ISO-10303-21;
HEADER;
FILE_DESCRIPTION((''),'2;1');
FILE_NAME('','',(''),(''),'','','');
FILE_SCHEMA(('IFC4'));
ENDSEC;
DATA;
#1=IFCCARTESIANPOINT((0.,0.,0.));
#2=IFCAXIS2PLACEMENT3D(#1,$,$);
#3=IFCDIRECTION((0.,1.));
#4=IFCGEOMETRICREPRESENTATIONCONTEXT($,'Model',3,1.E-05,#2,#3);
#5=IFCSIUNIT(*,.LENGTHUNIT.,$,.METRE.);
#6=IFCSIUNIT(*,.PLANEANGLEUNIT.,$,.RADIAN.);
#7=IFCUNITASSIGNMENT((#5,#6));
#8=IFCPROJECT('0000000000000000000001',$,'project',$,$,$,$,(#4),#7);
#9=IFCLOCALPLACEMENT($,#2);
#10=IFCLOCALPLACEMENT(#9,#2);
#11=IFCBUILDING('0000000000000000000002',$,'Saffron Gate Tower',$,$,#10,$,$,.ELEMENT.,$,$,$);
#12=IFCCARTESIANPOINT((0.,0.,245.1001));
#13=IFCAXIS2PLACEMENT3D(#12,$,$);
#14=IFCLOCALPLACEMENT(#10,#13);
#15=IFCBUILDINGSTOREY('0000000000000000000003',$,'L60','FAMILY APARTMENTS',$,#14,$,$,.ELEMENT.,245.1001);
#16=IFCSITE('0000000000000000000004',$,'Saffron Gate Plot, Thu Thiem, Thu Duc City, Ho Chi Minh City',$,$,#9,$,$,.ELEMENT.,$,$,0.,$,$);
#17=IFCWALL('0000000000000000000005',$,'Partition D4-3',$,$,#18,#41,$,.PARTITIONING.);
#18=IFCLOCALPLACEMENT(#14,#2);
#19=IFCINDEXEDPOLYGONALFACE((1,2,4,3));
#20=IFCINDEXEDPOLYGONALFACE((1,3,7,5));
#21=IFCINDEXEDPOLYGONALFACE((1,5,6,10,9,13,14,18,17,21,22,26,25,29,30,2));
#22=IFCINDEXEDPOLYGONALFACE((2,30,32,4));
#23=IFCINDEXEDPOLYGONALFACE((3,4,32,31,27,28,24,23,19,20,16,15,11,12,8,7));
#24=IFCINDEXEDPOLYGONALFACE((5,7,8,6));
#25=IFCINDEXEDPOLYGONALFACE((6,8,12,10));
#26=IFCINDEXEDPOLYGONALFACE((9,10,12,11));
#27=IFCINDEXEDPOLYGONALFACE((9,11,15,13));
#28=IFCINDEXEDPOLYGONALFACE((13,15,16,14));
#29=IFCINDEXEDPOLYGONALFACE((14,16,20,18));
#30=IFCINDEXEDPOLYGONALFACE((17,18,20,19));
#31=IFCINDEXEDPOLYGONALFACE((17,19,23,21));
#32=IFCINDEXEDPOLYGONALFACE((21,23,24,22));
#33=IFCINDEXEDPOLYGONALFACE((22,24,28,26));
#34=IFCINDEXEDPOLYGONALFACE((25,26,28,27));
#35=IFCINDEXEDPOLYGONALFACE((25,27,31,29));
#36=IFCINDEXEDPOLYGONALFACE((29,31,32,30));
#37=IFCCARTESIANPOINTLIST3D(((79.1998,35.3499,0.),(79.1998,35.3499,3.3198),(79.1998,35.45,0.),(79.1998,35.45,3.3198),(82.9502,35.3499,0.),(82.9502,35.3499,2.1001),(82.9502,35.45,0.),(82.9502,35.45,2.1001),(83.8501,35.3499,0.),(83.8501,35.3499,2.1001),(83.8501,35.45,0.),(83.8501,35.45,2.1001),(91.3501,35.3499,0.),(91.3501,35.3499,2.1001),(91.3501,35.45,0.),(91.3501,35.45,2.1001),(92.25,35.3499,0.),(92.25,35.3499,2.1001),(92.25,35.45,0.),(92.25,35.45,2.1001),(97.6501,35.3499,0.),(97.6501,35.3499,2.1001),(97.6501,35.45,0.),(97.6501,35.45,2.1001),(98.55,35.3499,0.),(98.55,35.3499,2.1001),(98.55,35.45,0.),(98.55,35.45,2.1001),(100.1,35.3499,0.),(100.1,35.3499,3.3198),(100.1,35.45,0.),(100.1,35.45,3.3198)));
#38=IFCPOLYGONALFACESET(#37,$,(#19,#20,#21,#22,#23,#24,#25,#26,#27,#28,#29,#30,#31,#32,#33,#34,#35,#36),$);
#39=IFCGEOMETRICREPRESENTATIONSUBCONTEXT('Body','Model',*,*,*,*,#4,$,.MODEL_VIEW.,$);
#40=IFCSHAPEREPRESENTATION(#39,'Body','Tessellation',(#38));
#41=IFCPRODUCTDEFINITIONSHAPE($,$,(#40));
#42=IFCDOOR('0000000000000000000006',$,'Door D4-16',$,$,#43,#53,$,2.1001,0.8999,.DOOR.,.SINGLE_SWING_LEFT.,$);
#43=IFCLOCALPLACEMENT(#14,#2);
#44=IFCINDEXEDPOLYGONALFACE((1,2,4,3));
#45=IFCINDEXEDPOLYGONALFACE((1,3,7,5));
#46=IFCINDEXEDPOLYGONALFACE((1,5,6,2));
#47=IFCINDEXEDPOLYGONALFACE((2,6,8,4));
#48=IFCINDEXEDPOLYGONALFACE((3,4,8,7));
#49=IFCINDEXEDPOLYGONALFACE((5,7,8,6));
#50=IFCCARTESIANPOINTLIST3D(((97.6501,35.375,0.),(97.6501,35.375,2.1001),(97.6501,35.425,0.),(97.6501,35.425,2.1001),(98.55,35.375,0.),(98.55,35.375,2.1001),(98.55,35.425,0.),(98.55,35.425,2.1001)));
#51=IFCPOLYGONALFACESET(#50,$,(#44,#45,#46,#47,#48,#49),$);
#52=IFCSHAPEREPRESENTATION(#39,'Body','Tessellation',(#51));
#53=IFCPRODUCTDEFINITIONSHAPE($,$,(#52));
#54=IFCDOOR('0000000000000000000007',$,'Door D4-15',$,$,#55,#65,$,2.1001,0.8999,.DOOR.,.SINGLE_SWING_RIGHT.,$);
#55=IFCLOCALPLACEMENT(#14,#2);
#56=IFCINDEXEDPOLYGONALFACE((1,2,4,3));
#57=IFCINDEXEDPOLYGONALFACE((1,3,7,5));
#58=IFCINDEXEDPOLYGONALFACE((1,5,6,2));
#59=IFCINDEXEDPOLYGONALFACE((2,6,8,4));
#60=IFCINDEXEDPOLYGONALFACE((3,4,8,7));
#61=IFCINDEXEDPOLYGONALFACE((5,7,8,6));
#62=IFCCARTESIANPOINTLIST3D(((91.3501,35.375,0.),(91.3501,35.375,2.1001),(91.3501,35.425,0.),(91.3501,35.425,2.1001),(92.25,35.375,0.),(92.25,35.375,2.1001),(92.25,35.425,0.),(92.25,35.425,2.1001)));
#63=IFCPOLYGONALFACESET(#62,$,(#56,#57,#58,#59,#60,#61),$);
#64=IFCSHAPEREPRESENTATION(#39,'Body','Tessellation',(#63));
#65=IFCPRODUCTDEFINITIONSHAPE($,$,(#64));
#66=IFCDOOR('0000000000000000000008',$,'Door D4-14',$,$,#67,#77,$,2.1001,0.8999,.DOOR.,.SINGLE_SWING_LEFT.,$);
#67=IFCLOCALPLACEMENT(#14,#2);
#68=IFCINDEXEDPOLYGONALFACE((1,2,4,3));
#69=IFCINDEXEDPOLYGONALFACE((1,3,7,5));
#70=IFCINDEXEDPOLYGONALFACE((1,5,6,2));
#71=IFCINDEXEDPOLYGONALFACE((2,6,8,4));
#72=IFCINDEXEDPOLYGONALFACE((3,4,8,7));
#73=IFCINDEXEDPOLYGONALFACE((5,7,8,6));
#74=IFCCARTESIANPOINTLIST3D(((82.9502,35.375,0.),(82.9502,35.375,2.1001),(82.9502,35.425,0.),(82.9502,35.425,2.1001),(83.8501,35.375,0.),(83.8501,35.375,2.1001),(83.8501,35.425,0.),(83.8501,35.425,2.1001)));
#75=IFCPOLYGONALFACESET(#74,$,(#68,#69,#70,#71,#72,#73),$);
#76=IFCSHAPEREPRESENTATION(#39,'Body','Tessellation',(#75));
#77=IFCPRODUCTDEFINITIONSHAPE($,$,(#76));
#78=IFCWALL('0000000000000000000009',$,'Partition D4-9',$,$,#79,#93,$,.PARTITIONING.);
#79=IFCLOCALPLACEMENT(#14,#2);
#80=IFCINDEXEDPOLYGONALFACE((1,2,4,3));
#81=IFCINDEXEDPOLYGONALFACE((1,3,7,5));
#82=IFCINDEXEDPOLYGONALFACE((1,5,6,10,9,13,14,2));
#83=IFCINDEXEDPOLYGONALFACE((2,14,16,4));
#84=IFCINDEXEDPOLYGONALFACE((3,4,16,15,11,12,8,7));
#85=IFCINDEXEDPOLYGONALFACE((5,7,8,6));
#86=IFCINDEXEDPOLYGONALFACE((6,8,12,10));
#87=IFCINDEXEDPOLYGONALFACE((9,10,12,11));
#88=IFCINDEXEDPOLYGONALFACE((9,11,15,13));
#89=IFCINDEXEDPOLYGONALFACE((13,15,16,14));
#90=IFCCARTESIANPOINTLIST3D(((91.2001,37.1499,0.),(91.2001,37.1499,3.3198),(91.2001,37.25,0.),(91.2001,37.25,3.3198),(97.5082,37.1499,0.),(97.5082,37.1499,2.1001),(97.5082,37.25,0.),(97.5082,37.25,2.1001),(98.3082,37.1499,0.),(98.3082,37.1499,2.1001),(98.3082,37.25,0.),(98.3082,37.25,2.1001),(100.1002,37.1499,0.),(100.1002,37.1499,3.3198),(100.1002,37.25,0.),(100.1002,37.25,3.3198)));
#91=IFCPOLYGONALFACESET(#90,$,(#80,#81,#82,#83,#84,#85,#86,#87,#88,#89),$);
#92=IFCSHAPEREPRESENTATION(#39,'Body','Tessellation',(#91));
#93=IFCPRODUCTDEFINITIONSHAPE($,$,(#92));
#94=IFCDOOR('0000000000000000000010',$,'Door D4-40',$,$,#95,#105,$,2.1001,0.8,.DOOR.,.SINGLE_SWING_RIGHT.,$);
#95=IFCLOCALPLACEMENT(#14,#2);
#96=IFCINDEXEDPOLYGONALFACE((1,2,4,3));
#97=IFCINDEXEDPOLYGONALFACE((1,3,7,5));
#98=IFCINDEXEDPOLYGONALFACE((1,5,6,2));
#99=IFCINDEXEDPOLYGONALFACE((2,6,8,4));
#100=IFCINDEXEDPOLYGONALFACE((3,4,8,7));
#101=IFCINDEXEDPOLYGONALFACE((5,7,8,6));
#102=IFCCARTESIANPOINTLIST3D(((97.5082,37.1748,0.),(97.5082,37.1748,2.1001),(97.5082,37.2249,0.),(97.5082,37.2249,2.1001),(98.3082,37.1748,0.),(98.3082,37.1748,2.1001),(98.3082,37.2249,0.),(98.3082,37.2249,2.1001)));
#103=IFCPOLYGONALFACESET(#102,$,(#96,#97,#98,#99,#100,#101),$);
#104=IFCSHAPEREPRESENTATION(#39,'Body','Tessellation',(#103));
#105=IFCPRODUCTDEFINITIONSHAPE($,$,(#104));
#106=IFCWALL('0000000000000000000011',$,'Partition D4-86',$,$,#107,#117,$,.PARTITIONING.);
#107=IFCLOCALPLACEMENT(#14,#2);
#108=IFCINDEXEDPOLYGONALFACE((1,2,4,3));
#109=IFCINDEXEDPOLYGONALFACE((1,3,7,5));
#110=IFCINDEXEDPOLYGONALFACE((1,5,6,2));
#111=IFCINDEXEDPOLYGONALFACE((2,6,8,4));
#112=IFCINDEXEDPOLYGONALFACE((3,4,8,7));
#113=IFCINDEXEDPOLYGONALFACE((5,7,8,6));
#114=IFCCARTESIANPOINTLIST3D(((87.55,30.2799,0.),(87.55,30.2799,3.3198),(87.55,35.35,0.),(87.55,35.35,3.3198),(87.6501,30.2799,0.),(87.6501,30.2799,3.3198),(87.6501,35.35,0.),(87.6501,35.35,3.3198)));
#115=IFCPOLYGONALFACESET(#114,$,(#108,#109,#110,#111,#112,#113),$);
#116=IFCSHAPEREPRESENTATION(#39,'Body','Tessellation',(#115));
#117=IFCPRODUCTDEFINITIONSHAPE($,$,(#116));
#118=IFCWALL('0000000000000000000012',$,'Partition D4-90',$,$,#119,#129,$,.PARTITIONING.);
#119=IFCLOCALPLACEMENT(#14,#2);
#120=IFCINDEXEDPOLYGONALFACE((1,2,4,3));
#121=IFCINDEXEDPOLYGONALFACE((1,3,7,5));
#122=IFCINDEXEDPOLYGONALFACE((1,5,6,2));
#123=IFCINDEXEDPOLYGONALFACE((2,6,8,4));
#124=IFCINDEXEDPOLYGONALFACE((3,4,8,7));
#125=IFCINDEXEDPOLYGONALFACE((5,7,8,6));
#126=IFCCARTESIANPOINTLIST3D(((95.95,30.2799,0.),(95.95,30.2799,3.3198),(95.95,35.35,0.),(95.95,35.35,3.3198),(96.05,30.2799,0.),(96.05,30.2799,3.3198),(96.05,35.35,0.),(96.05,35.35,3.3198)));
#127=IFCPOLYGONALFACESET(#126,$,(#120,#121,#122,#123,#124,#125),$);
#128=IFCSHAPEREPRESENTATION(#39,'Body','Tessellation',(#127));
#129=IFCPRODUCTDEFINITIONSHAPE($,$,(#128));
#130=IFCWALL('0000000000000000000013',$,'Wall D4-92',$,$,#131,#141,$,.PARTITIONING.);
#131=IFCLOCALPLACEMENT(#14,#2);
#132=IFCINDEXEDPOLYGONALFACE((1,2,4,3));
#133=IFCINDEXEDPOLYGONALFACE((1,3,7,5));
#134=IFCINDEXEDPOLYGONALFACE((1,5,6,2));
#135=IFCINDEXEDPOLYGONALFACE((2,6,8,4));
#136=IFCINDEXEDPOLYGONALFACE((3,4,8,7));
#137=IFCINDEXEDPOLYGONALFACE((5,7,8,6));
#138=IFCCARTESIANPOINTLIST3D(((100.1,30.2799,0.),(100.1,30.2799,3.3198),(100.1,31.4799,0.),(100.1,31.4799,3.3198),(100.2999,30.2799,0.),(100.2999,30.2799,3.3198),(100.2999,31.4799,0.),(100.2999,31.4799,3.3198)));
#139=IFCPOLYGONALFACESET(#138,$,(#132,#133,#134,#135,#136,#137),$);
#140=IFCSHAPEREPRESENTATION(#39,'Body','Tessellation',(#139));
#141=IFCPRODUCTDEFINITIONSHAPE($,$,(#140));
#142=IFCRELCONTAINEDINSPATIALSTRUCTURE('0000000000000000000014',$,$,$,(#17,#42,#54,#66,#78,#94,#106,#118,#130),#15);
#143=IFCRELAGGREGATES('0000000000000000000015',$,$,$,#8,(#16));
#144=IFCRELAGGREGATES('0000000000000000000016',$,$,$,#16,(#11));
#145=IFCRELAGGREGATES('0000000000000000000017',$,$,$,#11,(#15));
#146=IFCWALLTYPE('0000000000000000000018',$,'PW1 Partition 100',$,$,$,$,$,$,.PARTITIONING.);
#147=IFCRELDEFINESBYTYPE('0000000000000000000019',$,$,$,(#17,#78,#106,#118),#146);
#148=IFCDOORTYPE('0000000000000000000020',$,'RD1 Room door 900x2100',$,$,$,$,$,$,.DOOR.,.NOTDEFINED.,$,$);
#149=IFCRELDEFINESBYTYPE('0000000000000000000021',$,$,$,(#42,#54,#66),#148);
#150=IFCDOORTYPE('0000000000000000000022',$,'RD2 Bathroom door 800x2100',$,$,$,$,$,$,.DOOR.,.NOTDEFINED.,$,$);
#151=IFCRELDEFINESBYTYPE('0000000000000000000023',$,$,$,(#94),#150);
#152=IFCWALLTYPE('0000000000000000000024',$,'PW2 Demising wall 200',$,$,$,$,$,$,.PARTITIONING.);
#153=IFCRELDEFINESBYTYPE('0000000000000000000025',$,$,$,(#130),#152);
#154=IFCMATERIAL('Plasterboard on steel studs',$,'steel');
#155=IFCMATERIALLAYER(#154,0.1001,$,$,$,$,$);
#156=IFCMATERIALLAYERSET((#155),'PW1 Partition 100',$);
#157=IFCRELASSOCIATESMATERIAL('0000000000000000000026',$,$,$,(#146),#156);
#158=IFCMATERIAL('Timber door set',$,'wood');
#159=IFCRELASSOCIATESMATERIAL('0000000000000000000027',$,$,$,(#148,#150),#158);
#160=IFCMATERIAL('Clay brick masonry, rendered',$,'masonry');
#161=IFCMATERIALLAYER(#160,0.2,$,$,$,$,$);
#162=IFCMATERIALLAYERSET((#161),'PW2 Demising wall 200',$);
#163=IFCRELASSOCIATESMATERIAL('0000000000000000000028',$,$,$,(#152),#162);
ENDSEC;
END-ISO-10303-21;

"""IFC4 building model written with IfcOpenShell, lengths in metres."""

from ifc_helpers import new_model, si_unit, direction, frame, frame_2d, origin, place, context, subcontext, project, spatial, rectangle, extrude, material, layer, layer_set, type_object, element, fill, save


model = new_model("IFC4")

# Units and contexts
model_context = context("Model", 3, precision=1e-05, world=origin(), true_north=direction((0.0, 1.0)))
body_context = subcontext(model_context, "Body", "Model", "MODEL_VIEW")
ifc_project = project(units=[si_unit("LENGTHUNIT", "METRE"), si_unit("PLANEANGLEUNIT", "RADIAN")], contexts=[model_context])

# Site, building, storey
site_placement = place(None, origin())
site = spatial("IfcSite", under=ifc_project, at=site_placement, Name="Saffron Gate Plot, Thu Thiem, Thu Duc City, Ho Chi Minh City", CompositionType="ELEMENT", RefElevation=0.0)
building_placement = place(site_placement, origin())
building = spatial("IfcBuilding", under=site, at=building_placement, Name="Saffron Gate Tower", CompositionType="ELEMENT")
storey_placement = place(building_placement, frame((0.0, 0.0, 245.1001)))
storey = spatial("IfcBuildingStorey", under=building, at=storey_placement, Name="L60", Description="FAMILY APARTMENTS", CompositionType="ELEMENT", Elevation=245.1001)

# Wall, openings, doors
ifc_material_1 = material(Name="Plasterboard on steel studs", Category="steel")
ifc_layer_1 = layer(ifc_material_1, 0.1001)
ifc_layer_set_1 = layer_set([ifc_layer_1], Name="PW1 Partition 100")
wall_type_1 = type_object("IfcWallType", Name="PW1 Partition 100", PredefinedType="PARTITIONING", material=ifc_layer_set_1)
wall_1_placement = place(storey_placement, frame((100.1001, 35.3999, 0.0), z_axis=(0.0, 0.0, 1.0), x_axis=(-1.0, 0.0, 0.0)))
wall_1 = element("IfcWall", 1, at=wall_1_placement, inside=storey, type_object=wall_type_1, Name="Partition D4-3", PredefinedType="PARTITIONING", context=body_context, shape_type="SweptSolid", body=[
    extrude(rectangle(XDim=20.9001, YDim=0.1001, at=frame_2d((10.4502, 0.0))), origin(), (0.0, 0.0, 1.0), 3.3198),
])
opening_1_placement = place(wall_1_placement, frame((1.55, 0.0, 0.0)))
opening_1 = element("IfcOpeningElement", 2, at=opening_1_placement, cuts=wall_1, PredefinedType="OPENING", context=body_context, shape_type="SweptSolid", body=[
    extrude(rectangle(XDim=0.8999, YDim=2.1001, at=frame_2d((0.45, 1.05))), frame((0.0, 0.0601, 0.0), z_axis=(0.0, -1.0, 0.0), x_axis=(1.0, 0.0, 0.0)), (0.0, 0.0, 1.0), 0.1201),
])
opening_2_placement = place(wall_1_placement, frame((7.8501, 0.0, 0.0)))
opening_2 = element("IfcOpeningElement", 3, at=opening_2_placement, cuts=wall_1, PredefinedType="OPENING", context=body_context, shape_type="SweptSolid", body=[
    extrude(rectangle(XDim=0.8999, YDim=2.1001, at=frame_2d((0.45, 1.05))), frame((0.0, 0.0601, 0.0), z_axis=(0.0, -1.0, 0.0), x_axis=(1.0, 0.0, 0.0)), (0.0, 0.0, 1.0), 0.1201),
])
opening_3_placement = place(wall_1_placement, frame((16.25, 0.0, 0.0)))
opening_3 = element("IfcOpeningElement", 4, at=opening_3_placement, cuts=wall_1, PredefinedType="OPENING", context=body_context, shape_type="SweptSolid", body=[
    extrude(rectangle(XDim=0.8999, YDim=2.1001, at=frame_2d((0.45, 1.05))), frame((0.0, 0.0601, 0.0), z_axis=(0.0, -1.0, 0.0), x_axis=(1.0, 0.0, 0.0)), (0.0, 0.0, 1.0), 0.1201),
])
ifc_material_2 = material(Name="Timber door set", Category="wood")
door_type_1 = type_object("IfcDoorType", Name="RD1 Room door 900x2100", OperationType="NOTDEFINED", PredefinedType="DOOR", material=ifc_material_2)
door_1_placement = place(opening_1_placement, origin())
door_1 = element("IfcDoor", 5, at=door_1_placement, inside=storey, type_object=door_type_1, Name="Door D4-16", OperationType="SINGLE_SWING_LEFT", OverallHeight=2.1001, OverallWidth=0.8999, PredefinedType="DOOR", context=body_context, shape_type="SweptSolid", body=[
    extrude(rectangle(XDim=0.8999, YDim=2.1001, at=frame_2d((0.45, 1.05))), frame((0.0, 0.0249, 0.0), z_axis=(0.0, -1.0, 0.0), x_axis=(1.0, 0.0, 0.0)), (0.0, 0.0, 1.0), 0.05),
])
fill(opening_1, door_1)
door_2_placement = place(opening_2_placement, origin())
door_2 = element("IfcDoor", 6, at=door_2_placement, inside=storey, type_object=door_type_1, Name="Door D4-15", OperationType="SINGLE_SWING_RIGHT", OverallHeight=2.1001, OverallWidth=0.8999, PredefinedType="DOOR", context=body_context, shape_type="SweptSolid", body=[
    extrude(rectangle(XDim=0.8999, YDim=2.1001, at=frame_2d((0.45, 1.05))), frame((0.0, 0.0249, 0.0), z_axis=(0.0, -1.0, 0.0), x_axis=(1.0, 0.0, 0.0)), (0.0, 0.0, 1.0), 0.05),
])
fill(opening_2, door_2)
door_3_placement = place(opening_3_placement, origin())
door_3 = element("IfcDoor", 7, at=door_3_placement, inside=storey, type_object=door_type_1, Name="Door D4-14", OperationType="SINGLE_SWING_LEFT", OverallHeight=2.1001, OverallWidth=0.8999, PredefinedType="DOOR", context=body_context, shape_type="SweptSolid", body=[
    extrude(rectangle(XDim=0.8999, YDim=2.1001, at=frame_2d((0.45, 1.05))), frame((0.0, 0.0249, 0.0), z_axis=(0.0, -1.0, 0.0), x_axis=(1.0, 0.0, 0.0)), (0.0, 0.0, 1.0), 0.05),
])
fill(opening_3, door_3)

# Wall, opening, door
wall_2_placement = place(storey_placement, frame((91.2, 37.2, 0.0), z_axis=(0.0, 0.0, 1.0), x_axis=(1.0, 0.0, 0.0)))
wall_2 = element("IfcWall", 8, at=wall_2_placement, inside=storey, type_object=wall_type_1, Name="Partition D4-9", PredefinedType="PARTITIONING", context=body_context, shape_type="SweptSolid", body=[
    extrude(rectangle(XDim=8.9001, YDim=0.1001, at=frame_2d((4.4502, 0.0))), origin(), (0.0, 0.0, 1.0), 3.3198),
])
opening_4_placement = place(wall_2_placement, frame((6.3083, 0.0, 0.0)))
opening_4 = element("IfcOpeningElement", 9, at=opening_4_placement, cuts=wall_2, PredefinedType="OPENING", context=body_context, shape_type="SweptSolid", body=[
    extrude(rectangle(XDim=0.8, YDim=2.1001, at=frame_2d((0.3999, 1.05))), frame((0.0, 0.0601, 0.0), z_axis=(0.0, -1.0, 0.0), x_axis=(1.0, 0.0, 0.0)), (0.0, 0.0, 1.0), 0.1201),
])
door_type_2 = type_object("IfcDoorType", Name="RD2 Bathroom door 800x2100", OperationType="NOTDEFINED", PredefinedType="DOOR", material=ifc_material_2)
door_4_placement = place(opening_4_placement, origin())
door_4 = element("IfcDoor", 10, at=door_4_placement, inside=storey, type_object=door_type_2, Name="Door D4-40", OperationType="SINGLE_SWING_RIGHT", OverallHeight=2.1001, OverallWidth=0.8, PredefinedType="DOOR", context=body_context, shape_type="SweptSolid", body=[
    extrude(rectangle(XDim=0.8, YDim=2.1001, at=frame_2d((0.3999, 1.05))), frame((0.0, 0.0249, 0.0), z_axis=(0.0, -1.0, 0.0), x_axis=(1.0, 0.0, 0.0)), (0.0, 0.0, 1.0), 0.05),
])
fill(opening_4, door_4)

# Walls
for number, where, z_axis, x_axis, name in (
    (11, (87.6001, 35.3501, 0.0), (0.0, 0.0, 1.0), (0.0, -1.0, 0.0), "Partition D4-86"),
    (12, (96.0, 35.3501, 0.0), (0.0, 0.0, 1.0), (0.0, -1.0, 0.0), "Partition D4-90"),
):
    element("IfcWall", number, at=place(storey_placement, frame(where, z_axis=z_axis, x_axis=x_axis)), inside=storey, type_object=wall_type_1, Name=name, PredefinedType="PARTITIONING", context=body_context, shape_type="SweptSolid", body=[
        extrude(rectangle(XDim=5.0701, YDim=0.1001, at=frame_2d((2.5352, 0.0))), origin(), (0.0, 0.0, 1.0), 3.3198),
    ])
ifc_material_3 = material(Name="Clay brick masonry, rendered", Category="masonry")
ifc_layer_2 = layer(ifc_material_3, 0.2)
ifc_layer_set_2 = layer_set([ifc_layer_2], Name="PW2 Demising wall 200")
wall_type_2 = type_object("IfcWallType", Name="PW2 Demising wall 200", PredefinedType="PARTITIONING", material=ifc_layer_set_2)
wall_3_placement = place(storey_placement, frame((100.2, 31.48, 0.0), z_axis=(0.0, 0.0, 1.0), x_axis=(0.0, -1.0, 0.0)))
element("IfcWall", 13, at=wall_3_placement, inside=storey, type_object=wall_type_2, Name="Wall D4-92", PredefinedType="PARTITIONING", context=body_context, shape_type="SweptSolid", body=[
    extrude(rectangle(XDim=1.2, YDim=0.2, at=frame_2d((0.6001, 0.0))), origin(), (0.0, 0.0, 1.0), 3.3198),
])

save(model, "model.ifc")
